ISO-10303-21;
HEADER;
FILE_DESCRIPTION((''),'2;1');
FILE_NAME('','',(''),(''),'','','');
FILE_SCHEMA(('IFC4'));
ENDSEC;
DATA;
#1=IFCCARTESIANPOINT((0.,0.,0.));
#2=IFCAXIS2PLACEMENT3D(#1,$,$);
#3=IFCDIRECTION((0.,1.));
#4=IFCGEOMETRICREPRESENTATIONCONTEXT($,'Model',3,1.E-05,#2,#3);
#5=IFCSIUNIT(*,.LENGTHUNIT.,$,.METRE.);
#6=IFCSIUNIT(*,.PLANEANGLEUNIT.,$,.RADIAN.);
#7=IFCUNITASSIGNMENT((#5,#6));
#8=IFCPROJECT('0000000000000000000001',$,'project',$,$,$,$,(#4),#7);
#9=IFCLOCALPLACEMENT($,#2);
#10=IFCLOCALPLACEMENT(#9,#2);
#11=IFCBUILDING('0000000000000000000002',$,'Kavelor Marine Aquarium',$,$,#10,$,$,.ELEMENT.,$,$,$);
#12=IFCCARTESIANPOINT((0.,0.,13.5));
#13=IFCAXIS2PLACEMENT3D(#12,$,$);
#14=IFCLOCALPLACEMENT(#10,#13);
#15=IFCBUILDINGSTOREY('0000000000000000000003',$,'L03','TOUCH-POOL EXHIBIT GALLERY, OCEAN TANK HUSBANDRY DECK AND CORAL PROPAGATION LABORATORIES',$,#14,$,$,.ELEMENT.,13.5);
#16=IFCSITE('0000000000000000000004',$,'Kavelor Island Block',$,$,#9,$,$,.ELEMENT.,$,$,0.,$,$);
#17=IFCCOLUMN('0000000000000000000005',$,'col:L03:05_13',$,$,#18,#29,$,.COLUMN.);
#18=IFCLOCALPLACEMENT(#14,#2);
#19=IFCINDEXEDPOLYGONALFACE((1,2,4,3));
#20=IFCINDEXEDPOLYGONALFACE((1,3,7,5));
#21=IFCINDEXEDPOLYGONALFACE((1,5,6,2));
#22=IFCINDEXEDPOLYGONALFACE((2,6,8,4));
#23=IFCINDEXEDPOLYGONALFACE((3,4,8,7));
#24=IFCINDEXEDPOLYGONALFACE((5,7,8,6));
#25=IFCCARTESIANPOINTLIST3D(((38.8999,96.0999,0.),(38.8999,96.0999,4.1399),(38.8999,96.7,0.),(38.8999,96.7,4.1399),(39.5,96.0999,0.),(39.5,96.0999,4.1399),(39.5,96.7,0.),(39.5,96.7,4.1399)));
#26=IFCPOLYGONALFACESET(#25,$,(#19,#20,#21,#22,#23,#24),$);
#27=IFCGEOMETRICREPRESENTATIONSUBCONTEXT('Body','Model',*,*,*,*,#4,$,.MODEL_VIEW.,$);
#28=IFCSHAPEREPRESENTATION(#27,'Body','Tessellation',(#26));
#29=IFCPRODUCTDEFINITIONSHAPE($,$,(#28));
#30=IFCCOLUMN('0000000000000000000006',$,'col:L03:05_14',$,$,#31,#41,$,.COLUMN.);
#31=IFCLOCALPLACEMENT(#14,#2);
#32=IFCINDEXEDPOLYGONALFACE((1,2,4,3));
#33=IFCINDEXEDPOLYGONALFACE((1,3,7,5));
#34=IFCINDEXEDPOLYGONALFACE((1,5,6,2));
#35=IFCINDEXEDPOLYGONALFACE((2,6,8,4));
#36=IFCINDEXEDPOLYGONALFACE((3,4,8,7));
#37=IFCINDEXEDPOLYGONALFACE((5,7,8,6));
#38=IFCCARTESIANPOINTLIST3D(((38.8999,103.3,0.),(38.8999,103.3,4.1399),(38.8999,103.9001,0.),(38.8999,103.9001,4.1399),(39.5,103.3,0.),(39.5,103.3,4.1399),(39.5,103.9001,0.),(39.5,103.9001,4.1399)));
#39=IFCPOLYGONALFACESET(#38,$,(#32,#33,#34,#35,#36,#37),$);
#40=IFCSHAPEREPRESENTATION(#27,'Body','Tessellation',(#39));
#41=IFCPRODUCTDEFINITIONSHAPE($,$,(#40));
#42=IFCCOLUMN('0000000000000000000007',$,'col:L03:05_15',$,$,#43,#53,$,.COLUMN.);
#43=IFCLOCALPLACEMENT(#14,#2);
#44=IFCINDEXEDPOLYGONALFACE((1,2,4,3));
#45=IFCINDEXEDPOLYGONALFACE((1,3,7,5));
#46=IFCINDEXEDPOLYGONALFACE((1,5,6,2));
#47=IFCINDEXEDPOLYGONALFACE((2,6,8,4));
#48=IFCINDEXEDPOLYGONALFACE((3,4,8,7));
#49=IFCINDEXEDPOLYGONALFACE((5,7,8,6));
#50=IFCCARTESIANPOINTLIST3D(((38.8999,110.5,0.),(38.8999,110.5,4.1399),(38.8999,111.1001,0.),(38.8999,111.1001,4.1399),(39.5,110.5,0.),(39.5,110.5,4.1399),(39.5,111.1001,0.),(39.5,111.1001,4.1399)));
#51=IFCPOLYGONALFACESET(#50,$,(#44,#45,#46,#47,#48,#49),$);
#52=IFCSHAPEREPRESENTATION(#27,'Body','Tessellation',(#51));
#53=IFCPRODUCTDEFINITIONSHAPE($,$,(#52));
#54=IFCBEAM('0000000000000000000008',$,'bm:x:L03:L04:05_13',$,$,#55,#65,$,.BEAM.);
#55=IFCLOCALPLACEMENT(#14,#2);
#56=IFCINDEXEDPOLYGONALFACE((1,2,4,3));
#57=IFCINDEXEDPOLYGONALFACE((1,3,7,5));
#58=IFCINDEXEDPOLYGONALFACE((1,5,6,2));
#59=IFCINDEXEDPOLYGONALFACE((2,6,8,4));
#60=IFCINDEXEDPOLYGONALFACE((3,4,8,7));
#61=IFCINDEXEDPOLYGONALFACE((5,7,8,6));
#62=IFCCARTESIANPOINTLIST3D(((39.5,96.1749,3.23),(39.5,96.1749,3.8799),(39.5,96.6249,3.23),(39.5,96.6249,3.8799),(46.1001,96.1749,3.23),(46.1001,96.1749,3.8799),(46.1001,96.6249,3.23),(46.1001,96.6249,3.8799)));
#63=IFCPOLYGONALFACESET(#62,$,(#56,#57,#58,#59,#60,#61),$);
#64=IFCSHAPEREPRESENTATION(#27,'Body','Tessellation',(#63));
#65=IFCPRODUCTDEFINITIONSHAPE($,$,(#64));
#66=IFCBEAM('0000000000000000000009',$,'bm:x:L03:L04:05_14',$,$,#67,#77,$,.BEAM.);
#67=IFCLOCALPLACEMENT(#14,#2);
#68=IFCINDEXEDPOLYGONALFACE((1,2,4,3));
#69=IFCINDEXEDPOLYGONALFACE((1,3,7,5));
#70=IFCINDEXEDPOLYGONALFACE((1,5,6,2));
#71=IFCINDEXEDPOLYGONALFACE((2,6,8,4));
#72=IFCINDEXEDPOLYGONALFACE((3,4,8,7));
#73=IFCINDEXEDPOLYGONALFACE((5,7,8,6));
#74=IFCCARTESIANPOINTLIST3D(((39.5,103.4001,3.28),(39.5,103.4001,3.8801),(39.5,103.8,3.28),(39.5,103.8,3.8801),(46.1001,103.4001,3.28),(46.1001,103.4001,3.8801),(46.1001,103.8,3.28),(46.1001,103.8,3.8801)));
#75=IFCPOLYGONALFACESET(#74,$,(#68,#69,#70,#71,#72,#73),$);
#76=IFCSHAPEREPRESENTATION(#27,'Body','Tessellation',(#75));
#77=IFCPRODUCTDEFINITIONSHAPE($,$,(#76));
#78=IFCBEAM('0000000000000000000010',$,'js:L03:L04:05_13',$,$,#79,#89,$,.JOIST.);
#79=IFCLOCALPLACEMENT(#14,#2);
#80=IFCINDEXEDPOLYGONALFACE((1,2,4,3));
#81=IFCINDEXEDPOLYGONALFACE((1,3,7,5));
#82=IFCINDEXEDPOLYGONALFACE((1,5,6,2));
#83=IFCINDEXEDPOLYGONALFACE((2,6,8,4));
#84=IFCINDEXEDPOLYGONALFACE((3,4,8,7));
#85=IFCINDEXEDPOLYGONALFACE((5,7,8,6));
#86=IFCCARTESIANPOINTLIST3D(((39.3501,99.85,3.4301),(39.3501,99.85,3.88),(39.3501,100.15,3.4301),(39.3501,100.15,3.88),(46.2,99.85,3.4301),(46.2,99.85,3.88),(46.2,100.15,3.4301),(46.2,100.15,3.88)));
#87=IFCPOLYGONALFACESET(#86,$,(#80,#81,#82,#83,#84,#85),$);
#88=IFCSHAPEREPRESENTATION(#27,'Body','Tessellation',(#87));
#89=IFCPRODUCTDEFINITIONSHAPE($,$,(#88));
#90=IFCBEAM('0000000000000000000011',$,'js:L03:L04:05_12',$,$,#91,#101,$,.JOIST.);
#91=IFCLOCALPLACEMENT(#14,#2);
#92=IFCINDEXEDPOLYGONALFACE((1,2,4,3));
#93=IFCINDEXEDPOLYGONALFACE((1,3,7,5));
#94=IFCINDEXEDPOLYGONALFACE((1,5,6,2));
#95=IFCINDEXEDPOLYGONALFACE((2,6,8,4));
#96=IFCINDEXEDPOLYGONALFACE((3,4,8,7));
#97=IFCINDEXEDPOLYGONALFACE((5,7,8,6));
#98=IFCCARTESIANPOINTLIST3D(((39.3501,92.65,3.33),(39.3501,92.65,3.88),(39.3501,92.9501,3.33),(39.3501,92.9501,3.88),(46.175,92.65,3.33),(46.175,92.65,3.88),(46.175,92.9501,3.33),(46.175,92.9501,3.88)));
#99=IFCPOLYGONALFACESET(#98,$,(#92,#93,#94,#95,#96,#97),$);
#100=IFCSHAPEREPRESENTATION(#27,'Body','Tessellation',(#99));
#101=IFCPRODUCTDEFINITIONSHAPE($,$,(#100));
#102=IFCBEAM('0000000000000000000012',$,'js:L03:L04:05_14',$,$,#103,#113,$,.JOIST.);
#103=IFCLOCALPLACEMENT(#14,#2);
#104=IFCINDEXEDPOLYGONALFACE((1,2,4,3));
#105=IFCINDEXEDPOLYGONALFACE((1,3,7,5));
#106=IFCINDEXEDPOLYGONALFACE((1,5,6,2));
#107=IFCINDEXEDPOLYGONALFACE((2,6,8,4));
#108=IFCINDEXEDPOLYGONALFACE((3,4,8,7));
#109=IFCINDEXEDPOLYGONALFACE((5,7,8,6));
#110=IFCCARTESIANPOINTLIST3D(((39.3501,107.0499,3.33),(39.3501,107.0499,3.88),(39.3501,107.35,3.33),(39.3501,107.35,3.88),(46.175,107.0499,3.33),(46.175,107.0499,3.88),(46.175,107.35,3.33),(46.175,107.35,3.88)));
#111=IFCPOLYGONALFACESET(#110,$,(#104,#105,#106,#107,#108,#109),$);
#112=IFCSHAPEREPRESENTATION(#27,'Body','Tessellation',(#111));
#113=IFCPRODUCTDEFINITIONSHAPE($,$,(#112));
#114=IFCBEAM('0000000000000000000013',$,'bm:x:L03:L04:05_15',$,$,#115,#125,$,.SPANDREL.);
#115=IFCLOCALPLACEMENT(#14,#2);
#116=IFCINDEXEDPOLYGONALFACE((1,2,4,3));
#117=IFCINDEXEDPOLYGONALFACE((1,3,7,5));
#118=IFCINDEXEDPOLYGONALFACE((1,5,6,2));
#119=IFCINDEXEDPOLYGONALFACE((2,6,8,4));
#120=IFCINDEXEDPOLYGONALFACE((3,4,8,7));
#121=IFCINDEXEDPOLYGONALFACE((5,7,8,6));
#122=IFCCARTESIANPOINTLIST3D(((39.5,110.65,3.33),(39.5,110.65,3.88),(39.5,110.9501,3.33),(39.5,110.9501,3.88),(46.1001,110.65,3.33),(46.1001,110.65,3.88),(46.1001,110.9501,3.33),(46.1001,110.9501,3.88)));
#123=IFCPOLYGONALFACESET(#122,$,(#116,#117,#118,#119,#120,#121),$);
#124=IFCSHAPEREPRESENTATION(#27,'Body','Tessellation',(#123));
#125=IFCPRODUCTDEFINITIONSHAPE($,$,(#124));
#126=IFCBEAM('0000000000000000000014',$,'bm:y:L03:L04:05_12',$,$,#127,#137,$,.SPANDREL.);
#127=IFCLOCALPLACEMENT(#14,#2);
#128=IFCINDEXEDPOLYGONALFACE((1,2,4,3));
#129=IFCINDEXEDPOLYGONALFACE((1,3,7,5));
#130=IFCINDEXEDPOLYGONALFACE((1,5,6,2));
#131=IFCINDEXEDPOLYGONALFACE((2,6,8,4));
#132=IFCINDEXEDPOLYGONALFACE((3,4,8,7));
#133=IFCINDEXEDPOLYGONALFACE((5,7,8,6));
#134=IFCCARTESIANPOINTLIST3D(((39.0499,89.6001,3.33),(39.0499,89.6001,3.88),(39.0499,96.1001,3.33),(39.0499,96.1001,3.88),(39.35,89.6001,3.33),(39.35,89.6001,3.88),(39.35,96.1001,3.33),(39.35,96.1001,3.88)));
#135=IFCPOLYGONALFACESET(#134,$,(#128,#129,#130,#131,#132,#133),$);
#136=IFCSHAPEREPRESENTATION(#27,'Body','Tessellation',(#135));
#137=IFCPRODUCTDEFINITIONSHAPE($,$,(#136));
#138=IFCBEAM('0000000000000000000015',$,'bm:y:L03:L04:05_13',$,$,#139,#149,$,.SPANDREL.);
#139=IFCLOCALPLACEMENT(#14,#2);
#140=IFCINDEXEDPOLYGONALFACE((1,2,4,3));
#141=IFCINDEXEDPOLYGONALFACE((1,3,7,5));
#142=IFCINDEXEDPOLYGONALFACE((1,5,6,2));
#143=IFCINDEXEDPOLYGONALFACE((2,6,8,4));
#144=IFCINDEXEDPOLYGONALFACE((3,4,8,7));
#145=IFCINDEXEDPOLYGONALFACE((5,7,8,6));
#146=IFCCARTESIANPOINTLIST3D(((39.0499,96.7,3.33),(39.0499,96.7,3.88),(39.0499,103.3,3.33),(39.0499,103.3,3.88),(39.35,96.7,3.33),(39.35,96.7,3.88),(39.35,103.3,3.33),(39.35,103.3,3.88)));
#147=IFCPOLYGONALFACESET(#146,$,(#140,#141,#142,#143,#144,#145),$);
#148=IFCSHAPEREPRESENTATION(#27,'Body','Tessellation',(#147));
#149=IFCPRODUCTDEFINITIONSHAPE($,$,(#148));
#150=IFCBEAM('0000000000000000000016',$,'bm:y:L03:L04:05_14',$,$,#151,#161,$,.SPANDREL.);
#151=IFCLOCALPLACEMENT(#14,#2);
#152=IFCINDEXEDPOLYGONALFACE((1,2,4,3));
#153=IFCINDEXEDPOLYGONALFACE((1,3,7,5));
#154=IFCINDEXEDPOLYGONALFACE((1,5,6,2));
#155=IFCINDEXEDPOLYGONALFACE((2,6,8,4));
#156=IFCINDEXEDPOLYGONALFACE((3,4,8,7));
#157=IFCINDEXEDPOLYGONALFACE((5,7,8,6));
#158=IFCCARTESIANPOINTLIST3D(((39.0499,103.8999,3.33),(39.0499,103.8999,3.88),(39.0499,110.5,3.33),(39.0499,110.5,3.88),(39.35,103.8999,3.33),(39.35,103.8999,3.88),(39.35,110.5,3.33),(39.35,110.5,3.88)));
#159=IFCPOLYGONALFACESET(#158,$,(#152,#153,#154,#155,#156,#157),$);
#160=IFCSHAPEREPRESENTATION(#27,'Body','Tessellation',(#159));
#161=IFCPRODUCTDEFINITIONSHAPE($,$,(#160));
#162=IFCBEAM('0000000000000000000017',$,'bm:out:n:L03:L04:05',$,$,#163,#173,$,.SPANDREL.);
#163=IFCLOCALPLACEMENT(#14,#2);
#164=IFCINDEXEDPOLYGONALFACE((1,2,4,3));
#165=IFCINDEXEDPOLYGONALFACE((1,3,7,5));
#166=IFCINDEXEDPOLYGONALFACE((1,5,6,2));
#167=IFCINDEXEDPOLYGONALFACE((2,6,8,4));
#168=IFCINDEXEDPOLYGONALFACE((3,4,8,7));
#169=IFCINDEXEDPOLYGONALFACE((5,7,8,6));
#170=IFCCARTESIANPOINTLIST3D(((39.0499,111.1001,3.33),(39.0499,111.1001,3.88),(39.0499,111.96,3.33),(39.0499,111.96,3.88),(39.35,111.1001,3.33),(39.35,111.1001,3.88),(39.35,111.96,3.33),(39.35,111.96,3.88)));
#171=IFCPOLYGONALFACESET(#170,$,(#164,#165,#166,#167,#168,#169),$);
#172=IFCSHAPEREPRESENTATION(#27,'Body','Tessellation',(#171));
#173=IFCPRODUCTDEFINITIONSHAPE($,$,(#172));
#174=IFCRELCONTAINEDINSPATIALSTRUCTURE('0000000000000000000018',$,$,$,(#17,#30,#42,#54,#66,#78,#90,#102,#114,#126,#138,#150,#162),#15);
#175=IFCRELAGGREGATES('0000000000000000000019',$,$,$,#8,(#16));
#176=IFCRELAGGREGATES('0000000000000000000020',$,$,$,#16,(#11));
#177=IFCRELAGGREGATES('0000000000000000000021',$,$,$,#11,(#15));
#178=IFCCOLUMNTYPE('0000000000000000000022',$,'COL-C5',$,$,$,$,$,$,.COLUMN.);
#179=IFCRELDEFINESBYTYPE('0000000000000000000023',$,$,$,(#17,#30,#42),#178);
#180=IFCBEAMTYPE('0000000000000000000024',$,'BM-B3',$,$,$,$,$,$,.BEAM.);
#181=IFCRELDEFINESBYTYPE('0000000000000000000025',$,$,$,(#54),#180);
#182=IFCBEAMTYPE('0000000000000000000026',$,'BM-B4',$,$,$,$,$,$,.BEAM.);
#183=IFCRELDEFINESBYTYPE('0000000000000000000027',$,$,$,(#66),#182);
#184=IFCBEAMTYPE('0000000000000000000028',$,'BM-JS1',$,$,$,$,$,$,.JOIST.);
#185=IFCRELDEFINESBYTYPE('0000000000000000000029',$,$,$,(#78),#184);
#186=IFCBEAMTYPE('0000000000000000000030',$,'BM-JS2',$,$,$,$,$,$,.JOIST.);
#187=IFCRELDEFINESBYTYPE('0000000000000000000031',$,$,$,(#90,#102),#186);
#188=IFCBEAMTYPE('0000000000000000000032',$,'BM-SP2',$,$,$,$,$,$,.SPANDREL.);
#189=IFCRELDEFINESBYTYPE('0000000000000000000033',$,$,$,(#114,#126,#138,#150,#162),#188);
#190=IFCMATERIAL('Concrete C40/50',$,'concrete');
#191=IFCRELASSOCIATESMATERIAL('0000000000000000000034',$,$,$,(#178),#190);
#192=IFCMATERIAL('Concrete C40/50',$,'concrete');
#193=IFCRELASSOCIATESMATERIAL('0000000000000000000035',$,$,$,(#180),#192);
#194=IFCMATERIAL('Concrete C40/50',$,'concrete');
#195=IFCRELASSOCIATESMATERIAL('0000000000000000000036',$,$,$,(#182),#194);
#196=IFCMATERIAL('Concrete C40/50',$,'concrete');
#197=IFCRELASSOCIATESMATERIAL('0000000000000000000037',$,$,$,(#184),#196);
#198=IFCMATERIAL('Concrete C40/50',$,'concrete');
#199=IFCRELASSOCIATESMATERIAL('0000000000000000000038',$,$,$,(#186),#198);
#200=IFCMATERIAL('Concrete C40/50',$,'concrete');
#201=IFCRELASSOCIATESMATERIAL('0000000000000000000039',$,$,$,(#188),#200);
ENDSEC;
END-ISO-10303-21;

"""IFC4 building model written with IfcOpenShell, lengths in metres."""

from ifc_helpers import new_model, si_unit, direction, frame, origin, origin_2d, place, context, subcontext, project, spatial, rectangle, extrude, material, material_profile, profile_set, type_object, element, save


model = new_model("IFC4")

# Units and contexts
model_context = context("Model", 3, precision=1e-05, world=origin(), true_north=direction((0.0, 1.0)))
body_context = subcontext(model_context, "Body", "Model", "MODEL_VIEW")
ifc_project = project(units=[si_unit("LENGTHUNIT", "METRE"), si_unit("PLANEANGLEUNIT", "RADIAN")], contexts=[model_context])

# Site, building, storey
site_placement = place(None, origin())
site = spatial("IfcSite", under=ifc_project, at=site_placement, Name="Kavelor Island Block", CompositionType="ELEMENT", RefElevation=0.0)
building_placement = place(site_placement, origin())
building = spatial("IfcBuilding", under=site, at=building_placement, Name="Kavelor Marine Aquarium", CompositionType="ELEMENT")
storey_placement = place(building_placement, frame((0.0, 0.0, 13.5)))
storey = spatial("IfcBuildingStorey", under=building, at=storey_placement, Name="L03", Description="TOUCH-POOL EXHIBIT GALLERY, OCEAN TANK HUSBANDRY DECK AND CORAL PROPAGATION LABORATORIES", CompositionType="ELEMENT", Elevation=13.5)

# Columns
ifc_material_1 = material(Name="Concrete C40/50", Category="concrete")
ifc_material_profile_1 = material_profile(ifc_material_1, rectangle(XDim=0.6001, YDim=0.6001, at=origin_2d()), Name="RC-COL 600x600")
ifc_profile_set_1 = profile_set([ifc_material_profile_1], Name="Concrete C40/50")
column_type = type_object("IfcColumnType", Name="COL-C5", PredefinedType="COLUMN", material=ifc_profile_set_1)
for number, where, z_axis, x_axis, name in (
    (1, (39.2, 96.3999, 0.0), (0.0, 0.0, 1.0), (1.0, 0.0, 0.0), "col:L03:05_13"),
    (2, (39.2, 103.6001, 0.0), (0.0, 0.0, 1.0), (1.0, 0.0, 0.0), "col:L03:05_14"),
    (3, (39.2, 110.8, 0.0), (0.0, 0.0, 1.0), (1.0, 0.0, 0.0), "col:L03:05_15"),
):
    element("IfcColumn", number, at=place(storey_placement, frame(where, z_axis=z_axis, x_axis=x_axis)), inside=storey, type_object=column_type, Name=name, PredefinedType="COLUMN", context=body_context, shape_type="SweptSolid", body=[
        extrude(rectangle(XDim=0.6001, YDim=0.6001, at=origin_2d()), origin(), (0.0, 0.0, 1.0), 4.1399),
    ])

# Beams
ifc_material_2 = material(Name="Concrete C40/50", Category="concrete")
ifc_material_profile_2 = material_profile(ifc_material_2, rectangle(XDim=0.45, YDim=0.6499, at=origin_2d()), Name="RC-BM 450x650")
ifc_profile_set_2 = profile_set([ifc_material_profile_2], Name="Concrete C40/50")
beam_type_1 = type_object("IfcBeamType", Name="BM-B3", PredefinedType="BEAM", material=ifc_profile_set_2)
beam_1_placement = place(storey_placement, frame((39.5, 96.3999, 3.5549), z_axis=(1.0, 0.0, 0.0), x_axis=(0.0, 1.0, 0.0)))
element("IfcBeam", 4, at=beam_1_placement, inside=storey, type_object=beam_type_1, Name="bm:x:L03:L04:05_13", PredefinedType="BEAM", context=body_context, shape_type="SweptSolid", body=[
    extrude(rectangle(XDim=0.45, YDim=0.6499, at=origin_2d()), origin(), (0.0, 0.0, 1.0), 6.6001),
])
ifc_material_3 = material(Name="Concrete C40/50", Category="concrete")
ifc_material_profile_3 = material_profile(ifc_material_3, rectangle(XDim=0.3999, YDim=0.6001, at=origin_2d()), Name="RC-BM 400x600")
ifc_profile_set_3 = profile_set([ifc_material_profile_3], Name="Concrete C40/50")
beam_type_2 = type_object("IfcBeamType", Name="BM-B4", PredefinedType="BEAM", material=ifc_profile_set_3)
beam_2_placement = place(storey_placement, frame((39.5, 103.6001, 3.5801), z_axis=(1.0, 0.0, 0.0), x_axis=(0.0, 1.0, 0.0)))
element("IfcBeam", 5, at=beam_2_placement, inside=storey, type_object=beam_type_2, Name="bm:x:L03:L04:05_14", PredefinedType="BEAM", context=body_context, shape_type="SweptSolid", body=[
    extrude(rectangle(XDim=0.3999, YDim=0.6001, at=origin_2d()), origin(), (0.0, 0.0, 1.0), 6.6001),
])
ifc_material_4 = material(Name="Concrete C40/50", Category="concrete")
ifc_material_profile_4 = material_profile(ifc_material_4, rectangle(XDim=0.3, YDim=0.45, at=origin_2d()), Name="RC-JS 300x450")
ifc_profile_set_4 = profile_set([ifc_material_profile_4], Name="Concrete C40/50")
beam_type_3 = type_object("IfcBeamType", Name="BM-JS1", PredefinedType="JOIST", material=ifc_profile_set_4)
beam_3_placement = place(storey_placement, frame((39.3501, 100.0, 3.655), z_axis=(1.0, 0.0, 0.0), x_axis=(0.0, 1.0, 0.0)))
element("IfcBeam", 6, at=beam_3_placement, inside=storey, type_object=beam_type_3, Name="js:L03:L04:05_13", PredefinedType="JOIST", context=body_context, shape_type="SweptSolid", body=[
    extrude(rectangle(XDim=0.3, YDim=0.45, at=origin_2d()), origin(), (0.0, 0.0, 1.0), 6.8499),
])
ifc_material_5 = material(Name="Concrete C40/50", Category="concrete")
ifc_material_profile_5 = material_profile(ifc_material_5, rectangle(XDim=0.3, YDim=0.55, at=origin_2d()), Name="RC-JS 300x550")
ifc_profile_set_5 = profile_set([ifc_material_profile_5], Name="Concrete C40/50")
beam_type_4 = type_object("IfcBeamType", Name="BM-JS2", PredefinedType="JOIST", material=ifc_profile_set_5)
for number, where, z_axis, x_axis, name in (
    (7, (39.3501, 92.8, 3.605), (1.0, 0.0, 0.0), (0.0, 1.0, 0.0), "js:L03:L04:05_12"),
    (8, (39.3501, 107.2, 3.605), (1.0, 0.0, 0.0), (0.0, 1.0, 0.0), "js:L03:L04:05_14"),
):
    element("IfcBeam", number, at=place(storey_placement, frame(where, z_axis=z_axis, x_axis=x_axis)), inside=storey, type_object=beam_type_4, Name=name, PredefinedType="JOIST", context=body_context, shape_type="SweptSolid", body=[
        extrude(rectangle(XDim=0.3, YDim=0.55, at=origin_2d()), origin(), (0.0, 0.0, 1.0), 6.825),
    ])
ifc_material_6 = material(Name="Concrete C40/50", Category="concrete")
ifc_material_profile_6 = material_profile(ifc_material_6, rectangle(XDim=0.3, YDim=0.55, at=origin_2d()), Name="RC-SP 300x550")
ifc_profile_set_6 = profile_set([ifc_material_profile_6], Name="Concrete C40/50")
beam_type_5 = type_object("IfcBeamType", Name="BM-SP2", PredefinedType="SPANDREL", material=ifc_profile_set_6)
beam_4_placement = place(storey_placement, frame((39.5, 110.8, 3.605), z_axis=(1.0, 0.0, 0.0), x_axis=(0.0, 1.0, 0.0)))
element("IfcBeam", 9, at=beam_4_placement, inside=storey, type_object=beam_type_5, Name="bm:x:L03:L04:05_15", PredefinedType="SPANDREL", context=body_context, shape_type="SweptSolid", body=[
    extrude(rectangle(XDim=0.3, YDim=0.55, at=origin_2d()), origin(), (0.0, 0.0, 1.0), 6.6001),
])
beam_5_placement = place(storey_placement, frame((39.2, 89.6001, 3.605), z_axis=(0.0, 1.0, 0.0), x_axis=(-1.0, 0.0, 0.0)))
element("IfcBeam", 10, at=beam_5_placement, inside=storey, type_object=beam_type_5, Name="bm:y:L03:L04:05_12", PredefinedType="SPANDREL", context=body_context, shape_type="SweptSolid", body=[
    extrude(rectangle(XDim=0.3, YDim=0.55, at=origin_2d()), origin(), (0.0, 0.0, 1.0), 6.5),
])
for number, where, z_axis, x_axis, name in (
    (11, (39.2, 96.7, 3.605), (0.0, 1.0, 0.0), (-1.0, 0.0, 0.0), "bm:y:L03:L04:05_13"),
    (12, (39.2, 103.8999, 3.605), (0.0, 1.0, 0.0), (-1.0, 0.0, 0.0), "bm:y:L03:L04:05_14"),
):
    element("IfcBeam", number, at=place(storey_placement, frame(where, z_axis=z_axis, x_axis=x_axis)), inside=storey, type_object=beam_type_5, Name=name, PredefinedType="SPANDREL", context=body_context, shape_type="SweptSolid", body=[
        extrude(rectangle(XDim=0.3, YDim=0.55, at=origin_2d()), origin(), (0.0, 0.0, 1.0), 6.6001),
    ])
beam_6_placement = place(storey_placement, frame((39.2, 111.1001, 3.605), z_axis=(0.0, 1.0, 0.0), x_axis=(-1.0, 0.0, 0.0)))
element("IfcBeam", 13, at=beam_6_placement, inside=storey, type_object=beam_type_5, Name="bm:out:n:L03:L04:05", PredefinedType="SPANDREL", context=body_context, shape_type="SweptSolid", body=[
    extrude(rectangle(XDim=0.3, YDim=0.55, at=origin_2d()), origin(), (0.0, 0.0, 1.0), 0.8599),
])

save(model, "model.ifc")
